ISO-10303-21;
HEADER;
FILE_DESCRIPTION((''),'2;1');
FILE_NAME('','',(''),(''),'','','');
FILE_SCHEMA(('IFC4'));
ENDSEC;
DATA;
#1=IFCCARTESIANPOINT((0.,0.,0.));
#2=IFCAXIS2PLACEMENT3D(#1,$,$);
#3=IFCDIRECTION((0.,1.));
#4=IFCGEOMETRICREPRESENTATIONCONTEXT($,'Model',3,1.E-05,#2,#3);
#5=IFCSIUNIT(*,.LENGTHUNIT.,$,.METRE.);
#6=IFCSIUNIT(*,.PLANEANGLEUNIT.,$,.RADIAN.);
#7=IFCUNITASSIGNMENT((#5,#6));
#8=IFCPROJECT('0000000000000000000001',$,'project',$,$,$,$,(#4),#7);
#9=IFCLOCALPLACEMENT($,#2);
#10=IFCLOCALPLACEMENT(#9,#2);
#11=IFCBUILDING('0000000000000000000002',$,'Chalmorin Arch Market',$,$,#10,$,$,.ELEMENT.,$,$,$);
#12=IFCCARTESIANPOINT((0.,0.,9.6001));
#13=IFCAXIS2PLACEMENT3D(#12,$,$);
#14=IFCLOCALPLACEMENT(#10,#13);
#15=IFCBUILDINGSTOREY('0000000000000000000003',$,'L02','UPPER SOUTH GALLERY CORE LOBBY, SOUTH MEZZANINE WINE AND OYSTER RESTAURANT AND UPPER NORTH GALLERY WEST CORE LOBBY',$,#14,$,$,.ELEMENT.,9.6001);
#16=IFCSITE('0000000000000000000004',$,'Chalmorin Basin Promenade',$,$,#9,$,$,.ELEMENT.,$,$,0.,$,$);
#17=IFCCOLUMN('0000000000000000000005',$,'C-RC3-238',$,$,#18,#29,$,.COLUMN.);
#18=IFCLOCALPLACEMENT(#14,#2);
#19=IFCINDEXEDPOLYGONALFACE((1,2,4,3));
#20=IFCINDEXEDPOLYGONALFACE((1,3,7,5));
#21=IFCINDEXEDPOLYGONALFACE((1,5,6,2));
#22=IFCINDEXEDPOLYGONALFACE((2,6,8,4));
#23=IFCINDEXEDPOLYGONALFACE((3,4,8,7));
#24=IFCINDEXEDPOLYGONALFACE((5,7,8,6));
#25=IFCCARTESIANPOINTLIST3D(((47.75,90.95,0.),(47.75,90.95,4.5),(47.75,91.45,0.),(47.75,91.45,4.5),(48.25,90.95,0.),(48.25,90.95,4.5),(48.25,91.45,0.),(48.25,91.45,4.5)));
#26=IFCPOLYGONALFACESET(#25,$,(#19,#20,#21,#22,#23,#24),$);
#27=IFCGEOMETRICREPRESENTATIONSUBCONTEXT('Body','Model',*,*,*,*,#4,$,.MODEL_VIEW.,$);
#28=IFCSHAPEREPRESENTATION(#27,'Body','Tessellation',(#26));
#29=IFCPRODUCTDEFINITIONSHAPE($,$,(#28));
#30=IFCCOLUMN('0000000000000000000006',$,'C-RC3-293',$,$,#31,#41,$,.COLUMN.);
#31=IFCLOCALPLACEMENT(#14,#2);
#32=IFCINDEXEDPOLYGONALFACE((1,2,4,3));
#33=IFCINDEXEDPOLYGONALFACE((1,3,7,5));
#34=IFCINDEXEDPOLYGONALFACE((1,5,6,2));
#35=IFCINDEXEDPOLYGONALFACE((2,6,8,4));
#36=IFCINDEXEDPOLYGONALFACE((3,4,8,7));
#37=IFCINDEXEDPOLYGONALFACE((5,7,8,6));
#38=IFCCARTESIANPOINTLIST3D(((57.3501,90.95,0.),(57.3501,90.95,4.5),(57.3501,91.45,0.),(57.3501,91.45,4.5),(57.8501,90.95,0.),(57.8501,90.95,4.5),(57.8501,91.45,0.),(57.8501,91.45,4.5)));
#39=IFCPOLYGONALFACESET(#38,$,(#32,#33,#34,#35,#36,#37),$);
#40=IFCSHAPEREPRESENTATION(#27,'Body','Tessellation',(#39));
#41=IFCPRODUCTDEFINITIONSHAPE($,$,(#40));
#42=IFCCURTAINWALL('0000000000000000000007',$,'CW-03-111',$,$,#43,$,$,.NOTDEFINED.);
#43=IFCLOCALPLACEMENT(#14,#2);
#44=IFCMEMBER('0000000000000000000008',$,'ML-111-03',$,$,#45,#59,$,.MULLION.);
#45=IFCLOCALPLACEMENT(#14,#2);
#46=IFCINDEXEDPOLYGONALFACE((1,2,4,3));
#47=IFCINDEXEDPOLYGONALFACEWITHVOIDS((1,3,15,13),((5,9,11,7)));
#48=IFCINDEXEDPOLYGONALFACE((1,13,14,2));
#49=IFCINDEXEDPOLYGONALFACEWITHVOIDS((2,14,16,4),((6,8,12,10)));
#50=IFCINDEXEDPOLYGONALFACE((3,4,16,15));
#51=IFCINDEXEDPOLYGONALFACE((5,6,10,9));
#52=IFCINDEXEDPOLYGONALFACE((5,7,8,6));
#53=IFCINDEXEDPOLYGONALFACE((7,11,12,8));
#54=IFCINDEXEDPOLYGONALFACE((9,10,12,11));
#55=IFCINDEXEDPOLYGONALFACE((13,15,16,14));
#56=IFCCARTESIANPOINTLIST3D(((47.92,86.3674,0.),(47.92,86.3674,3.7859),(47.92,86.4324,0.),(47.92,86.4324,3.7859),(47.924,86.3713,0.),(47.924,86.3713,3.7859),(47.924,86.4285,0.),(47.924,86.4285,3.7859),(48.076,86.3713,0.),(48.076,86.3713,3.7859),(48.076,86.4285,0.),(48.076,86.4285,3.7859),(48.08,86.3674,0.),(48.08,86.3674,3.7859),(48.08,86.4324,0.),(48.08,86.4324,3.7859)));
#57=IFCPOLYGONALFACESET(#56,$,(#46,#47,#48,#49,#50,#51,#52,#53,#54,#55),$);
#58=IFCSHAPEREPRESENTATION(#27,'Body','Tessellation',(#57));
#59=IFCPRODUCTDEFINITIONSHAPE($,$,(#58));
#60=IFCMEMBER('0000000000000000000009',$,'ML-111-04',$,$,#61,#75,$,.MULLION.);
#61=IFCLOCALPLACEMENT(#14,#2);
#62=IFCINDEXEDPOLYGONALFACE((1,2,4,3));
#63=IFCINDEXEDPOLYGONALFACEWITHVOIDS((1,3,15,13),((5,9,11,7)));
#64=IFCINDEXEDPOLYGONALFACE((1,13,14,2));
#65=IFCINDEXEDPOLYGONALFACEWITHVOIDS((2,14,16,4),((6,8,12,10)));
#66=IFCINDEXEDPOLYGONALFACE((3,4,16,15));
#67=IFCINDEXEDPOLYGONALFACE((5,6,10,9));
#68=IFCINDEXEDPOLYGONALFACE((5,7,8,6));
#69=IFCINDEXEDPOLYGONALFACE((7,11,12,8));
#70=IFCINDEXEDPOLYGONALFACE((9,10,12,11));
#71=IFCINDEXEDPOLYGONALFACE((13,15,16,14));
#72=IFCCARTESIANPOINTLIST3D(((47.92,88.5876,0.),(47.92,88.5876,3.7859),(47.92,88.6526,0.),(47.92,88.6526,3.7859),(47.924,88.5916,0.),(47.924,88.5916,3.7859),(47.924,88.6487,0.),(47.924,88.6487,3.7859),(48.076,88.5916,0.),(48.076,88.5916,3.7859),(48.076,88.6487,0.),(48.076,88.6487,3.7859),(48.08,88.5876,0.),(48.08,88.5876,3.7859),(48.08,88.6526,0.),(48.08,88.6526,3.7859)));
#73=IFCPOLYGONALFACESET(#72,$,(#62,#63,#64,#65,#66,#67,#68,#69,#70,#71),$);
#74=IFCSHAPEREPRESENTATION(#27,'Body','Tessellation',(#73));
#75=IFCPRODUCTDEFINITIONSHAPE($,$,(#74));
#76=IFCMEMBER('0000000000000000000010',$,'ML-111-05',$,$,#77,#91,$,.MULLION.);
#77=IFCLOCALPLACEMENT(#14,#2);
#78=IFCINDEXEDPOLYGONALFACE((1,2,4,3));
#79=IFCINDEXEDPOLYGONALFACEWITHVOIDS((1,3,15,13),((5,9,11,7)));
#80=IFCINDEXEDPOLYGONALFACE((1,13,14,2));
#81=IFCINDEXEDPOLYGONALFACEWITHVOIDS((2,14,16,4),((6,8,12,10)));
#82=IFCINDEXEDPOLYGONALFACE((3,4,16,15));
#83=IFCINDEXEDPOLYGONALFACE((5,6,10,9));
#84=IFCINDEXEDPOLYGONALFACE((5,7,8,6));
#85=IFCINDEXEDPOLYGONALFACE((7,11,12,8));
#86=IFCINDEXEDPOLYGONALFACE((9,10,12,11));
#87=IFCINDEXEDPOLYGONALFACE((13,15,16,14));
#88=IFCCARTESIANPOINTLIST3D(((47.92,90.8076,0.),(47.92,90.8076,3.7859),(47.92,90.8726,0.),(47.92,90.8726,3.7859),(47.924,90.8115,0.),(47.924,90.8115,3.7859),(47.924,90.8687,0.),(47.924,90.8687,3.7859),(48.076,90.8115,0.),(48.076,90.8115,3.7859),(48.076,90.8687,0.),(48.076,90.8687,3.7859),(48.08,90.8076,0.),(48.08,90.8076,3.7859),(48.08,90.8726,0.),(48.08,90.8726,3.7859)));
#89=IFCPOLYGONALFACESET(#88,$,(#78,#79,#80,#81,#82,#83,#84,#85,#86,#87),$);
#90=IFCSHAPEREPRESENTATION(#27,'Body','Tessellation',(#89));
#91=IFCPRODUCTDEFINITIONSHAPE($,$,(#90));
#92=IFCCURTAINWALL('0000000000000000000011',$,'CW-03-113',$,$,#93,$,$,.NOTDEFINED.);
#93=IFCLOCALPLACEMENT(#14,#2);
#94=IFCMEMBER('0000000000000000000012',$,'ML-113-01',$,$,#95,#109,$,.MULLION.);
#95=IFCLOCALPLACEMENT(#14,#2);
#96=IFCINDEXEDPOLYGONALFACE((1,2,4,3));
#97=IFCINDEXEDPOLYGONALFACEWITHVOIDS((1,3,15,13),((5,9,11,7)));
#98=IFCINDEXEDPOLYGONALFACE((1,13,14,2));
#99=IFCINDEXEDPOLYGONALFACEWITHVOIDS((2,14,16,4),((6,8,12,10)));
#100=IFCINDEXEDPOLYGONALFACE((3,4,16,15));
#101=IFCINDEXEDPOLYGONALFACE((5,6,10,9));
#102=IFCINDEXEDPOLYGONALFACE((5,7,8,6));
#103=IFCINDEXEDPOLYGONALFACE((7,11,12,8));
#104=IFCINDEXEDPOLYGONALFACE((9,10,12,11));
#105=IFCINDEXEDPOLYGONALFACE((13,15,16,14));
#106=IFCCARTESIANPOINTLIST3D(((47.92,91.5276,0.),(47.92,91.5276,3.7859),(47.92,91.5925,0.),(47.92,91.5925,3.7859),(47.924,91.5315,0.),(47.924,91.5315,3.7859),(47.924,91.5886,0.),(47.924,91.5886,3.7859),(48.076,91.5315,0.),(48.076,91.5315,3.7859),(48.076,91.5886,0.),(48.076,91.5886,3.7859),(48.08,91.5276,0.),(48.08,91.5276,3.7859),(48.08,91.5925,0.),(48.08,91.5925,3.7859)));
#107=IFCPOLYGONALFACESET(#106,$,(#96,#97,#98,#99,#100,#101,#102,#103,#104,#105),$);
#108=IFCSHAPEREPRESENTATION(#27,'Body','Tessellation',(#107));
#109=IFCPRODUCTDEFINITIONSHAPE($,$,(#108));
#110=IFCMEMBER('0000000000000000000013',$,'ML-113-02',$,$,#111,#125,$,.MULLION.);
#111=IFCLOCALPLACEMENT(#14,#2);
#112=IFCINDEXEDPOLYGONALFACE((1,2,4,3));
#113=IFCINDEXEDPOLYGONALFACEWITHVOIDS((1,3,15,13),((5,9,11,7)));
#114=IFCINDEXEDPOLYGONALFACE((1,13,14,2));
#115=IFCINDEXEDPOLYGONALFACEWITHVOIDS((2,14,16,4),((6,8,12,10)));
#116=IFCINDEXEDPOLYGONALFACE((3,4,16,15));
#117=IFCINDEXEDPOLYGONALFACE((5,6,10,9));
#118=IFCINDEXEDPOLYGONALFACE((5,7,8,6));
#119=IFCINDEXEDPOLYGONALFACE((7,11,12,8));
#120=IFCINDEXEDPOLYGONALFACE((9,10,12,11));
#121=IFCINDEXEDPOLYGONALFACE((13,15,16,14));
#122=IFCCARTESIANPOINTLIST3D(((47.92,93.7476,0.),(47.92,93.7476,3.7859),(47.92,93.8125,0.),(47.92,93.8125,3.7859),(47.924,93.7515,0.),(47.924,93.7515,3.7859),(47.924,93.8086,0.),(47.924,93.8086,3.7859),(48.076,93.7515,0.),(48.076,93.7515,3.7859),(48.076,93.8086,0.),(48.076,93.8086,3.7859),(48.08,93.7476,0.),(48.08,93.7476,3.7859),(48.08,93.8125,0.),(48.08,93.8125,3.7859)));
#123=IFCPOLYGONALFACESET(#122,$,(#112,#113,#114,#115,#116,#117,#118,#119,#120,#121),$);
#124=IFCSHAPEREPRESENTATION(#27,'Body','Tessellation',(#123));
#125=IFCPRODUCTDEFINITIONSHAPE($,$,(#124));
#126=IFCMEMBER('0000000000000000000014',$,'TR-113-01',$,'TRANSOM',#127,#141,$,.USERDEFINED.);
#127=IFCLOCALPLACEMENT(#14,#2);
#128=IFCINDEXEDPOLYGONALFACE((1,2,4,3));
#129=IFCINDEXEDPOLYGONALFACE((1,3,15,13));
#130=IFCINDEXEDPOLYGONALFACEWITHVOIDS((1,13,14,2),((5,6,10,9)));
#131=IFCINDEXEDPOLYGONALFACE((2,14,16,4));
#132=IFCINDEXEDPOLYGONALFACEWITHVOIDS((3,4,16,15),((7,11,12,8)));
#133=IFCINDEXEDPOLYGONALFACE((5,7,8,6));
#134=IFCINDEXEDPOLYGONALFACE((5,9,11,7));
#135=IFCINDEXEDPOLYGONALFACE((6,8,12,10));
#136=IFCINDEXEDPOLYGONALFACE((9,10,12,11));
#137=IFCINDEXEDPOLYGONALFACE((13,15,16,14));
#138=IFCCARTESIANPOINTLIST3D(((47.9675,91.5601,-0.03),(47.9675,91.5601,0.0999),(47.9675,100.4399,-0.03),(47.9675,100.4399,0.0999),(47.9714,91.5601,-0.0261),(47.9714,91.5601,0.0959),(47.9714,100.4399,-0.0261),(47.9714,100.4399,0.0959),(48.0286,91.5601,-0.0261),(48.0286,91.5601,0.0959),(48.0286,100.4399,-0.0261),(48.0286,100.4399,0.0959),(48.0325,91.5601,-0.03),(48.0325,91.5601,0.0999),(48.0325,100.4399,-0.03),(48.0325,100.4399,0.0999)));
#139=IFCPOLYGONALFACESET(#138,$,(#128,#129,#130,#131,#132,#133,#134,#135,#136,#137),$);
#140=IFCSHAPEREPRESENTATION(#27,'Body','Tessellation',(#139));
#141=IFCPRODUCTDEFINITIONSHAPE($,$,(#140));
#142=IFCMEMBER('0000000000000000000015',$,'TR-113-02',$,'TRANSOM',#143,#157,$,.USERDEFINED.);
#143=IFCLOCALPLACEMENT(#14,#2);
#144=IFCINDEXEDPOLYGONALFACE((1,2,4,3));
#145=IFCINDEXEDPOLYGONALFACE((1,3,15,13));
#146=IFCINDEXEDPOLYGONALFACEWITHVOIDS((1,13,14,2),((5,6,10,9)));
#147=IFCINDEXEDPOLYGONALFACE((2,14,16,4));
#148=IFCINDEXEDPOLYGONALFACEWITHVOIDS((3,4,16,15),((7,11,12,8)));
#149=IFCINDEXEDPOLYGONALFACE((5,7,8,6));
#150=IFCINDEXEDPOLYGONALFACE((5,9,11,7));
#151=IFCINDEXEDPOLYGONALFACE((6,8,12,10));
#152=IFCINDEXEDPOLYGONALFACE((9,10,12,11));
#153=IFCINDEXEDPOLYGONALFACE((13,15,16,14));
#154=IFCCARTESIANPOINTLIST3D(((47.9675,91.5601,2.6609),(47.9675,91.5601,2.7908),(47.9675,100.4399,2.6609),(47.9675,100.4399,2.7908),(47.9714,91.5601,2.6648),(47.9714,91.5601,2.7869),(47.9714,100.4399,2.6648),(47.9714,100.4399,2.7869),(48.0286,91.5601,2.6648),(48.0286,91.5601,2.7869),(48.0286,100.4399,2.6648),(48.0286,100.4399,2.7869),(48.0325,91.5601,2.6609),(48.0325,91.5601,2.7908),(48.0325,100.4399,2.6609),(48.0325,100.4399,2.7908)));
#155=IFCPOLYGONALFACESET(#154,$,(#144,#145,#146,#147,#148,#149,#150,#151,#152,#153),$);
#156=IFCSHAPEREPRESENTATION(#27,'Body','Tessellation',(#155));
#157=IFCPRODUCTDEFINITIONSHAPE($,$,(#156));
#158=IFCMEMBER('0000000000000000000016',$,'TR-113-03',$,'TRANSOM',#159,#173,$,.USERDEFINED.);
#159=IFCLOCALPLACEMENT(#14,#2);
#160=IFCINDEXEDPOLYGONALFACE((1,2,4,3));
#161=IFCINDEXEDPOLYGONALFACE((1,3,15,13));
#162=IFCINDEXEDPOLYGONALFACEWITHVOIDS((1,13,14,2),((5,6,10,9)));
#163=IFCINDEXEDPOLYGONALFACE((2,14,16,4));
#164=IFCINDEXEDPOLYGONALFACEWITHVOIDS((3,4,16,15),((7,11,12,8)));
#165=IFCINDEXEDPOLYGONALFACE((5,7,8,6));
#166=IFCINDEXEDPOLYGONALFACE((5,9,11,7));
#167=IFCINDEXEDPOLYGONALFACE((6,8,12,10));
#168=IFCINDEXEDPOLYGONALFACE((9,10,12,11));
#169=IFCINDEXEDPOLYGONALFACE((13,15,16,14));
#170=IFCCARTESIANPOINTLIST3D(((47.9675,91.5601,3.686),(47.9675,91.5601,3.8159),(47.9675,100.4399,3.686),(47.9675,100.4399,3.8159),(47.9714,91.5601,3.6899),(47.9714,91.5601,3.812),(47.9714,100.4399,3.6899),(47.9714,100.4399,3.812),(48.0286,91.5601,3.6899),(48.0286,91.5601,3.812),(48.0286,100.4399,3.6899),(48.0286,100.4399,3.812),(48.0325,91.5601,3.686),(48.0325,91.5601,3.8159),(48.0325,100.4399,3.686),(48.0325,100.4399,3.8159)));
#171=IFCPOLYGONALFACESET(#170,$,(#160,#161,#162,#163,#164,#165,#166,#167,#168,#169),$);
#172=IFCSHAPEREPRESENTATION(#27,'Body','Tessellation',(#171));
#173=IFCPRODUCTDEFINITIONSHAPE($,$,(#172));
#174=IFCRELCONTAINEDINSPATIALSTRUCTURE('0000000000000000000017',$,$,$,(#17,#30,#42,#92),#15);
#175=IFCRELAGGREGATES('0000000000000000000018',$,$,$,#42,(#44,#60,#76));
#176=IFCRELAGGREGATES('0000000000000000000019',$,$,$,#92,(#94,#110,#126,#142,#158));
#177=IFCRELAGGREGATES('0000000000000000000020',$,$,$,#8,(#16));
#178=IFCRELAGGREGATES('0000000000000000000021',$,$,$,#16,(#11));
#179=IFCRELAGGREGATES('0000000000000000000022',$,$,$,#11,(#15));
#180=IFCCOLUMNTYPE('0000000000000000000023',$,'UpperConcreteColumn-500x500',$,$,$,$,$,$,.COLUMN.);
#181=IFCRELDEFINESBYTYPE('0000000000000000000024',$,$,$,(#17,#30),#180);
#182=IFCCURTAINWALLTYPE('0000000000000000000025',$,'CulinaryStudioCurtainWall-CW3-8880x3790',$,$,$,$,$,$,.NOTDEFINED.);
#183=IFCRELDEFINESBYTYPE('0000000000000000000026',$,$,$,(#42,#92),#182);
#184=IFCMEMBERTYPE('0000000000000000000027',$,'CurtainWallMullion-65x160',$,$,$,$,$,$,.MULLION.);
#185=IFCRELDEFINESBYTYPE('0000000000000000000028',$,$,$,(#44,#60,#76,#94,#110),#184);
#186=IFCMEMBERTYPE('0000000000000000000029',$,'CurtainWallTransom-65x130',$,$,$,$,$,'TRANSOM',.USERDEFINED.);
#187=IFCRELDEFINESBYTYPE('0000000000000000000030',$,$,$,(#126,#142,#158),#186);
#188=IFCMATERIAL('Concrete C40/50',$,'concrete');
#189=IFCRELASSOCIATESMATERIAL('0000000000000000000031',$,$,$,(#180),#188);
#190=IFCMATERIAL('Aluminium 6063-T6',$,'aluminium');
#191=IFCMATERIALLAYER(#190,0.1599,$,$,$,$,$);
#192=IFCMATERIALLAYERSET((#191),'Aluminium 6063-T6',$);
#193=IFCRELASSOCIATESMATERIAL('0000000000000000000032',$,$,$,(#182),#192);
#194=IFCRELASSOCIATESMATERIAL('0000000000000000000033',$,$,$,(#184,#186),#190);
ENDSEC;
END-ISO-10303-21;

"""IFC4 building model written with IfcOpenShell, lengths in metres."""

from ifc_helpers import new_model, si_unit, direction, frame, origin, origin_2d, place, context, subcontext, project, spatial, rectangle, hollow_rectangle, extrude, material, layer, layer_set, material_profile, profile_set, type_object, element, aggregate, save


model = new_model("IFC4")

# Units and contexts
model_context = context("Model", 3, precision=1e-05, world=origin(), true_north=direction((0.0, 1.0)))
body_context = subcontext(model_context, "Body", "Model", "MODEL_VIEW")
ifc_project = project(units=[si_unit("LENGTHUNIT", "METRE"), si_unit("PLANEANGLEUNIT", "RADIAN")], contexts=[model_context])

# Site, building, storey
site_placement = place(None, origin())
site = spatial("IfcSite", under=ifc_project, at=site_placement, Name="Chalmorin Basin Promenade", CompositionType="ELEMENT", RefElevation=0.0)
building_placement = place(site_placement, origin())
building = spatial("IfcBuilding", under=site, at=building_placement, Name="Chalmorin Arch Market", CompositionType="ELEMENT")
storey_placement = place(building_placement, frame((0.0, 0.0, 9.6001)))
storey = spatial("IfcBuildingStorey", under=building, at=storey_placement, Name="L02", Description="UPPER SOUTH GALLERY CORE LOBBY, SOUTH MEZZANINE WINE AND OYSTER RESTAURANT AND UPPER NORTH GALLERY WEST CORE LOBBY", CompositionType="ELEMENT", Elevation=9.6001)

# Columns
ifc_material_1 = material(Name="Concrete C40/50", Category="concrete")
ifc_material_profile_1 = material_profile(ifc_material_1, rectangle(XDim=0.5, YDim=0.5, at=origin_2d()), Name="RC500X500")
ifc_profile_set_1 = profile_set([ifc_material_profile_1], Name="Concrete C40/50")
column_type = type_object("IfcColumnType", Name="UpperConcreteColumn-500x500", PredefinedType="COLUMN", material=ifc_profile_set_1)
for number, where, z_axis, x_axis, name in (
    (1, (48.0, 91.2, 0.0), (0.0, 0.0, 1.0), (1.0, 0.0, 0.0), "C-RC3-238"),
    (2, (57.6001, 91.2, 0.0), (0.0, 0.0, 1.0), (1.0, 0.0, 0.0), "C-RC3-293"),
):
    element("IfcColumn", number, at=place(storey_placement, frame(where, z_axis=z_axis, x_axis=x_axis)), inside=storey, type_object=column_type, Name=name, PredefinedType="COLUMN", context=body_context, shape_type="SweptSolid", body=[
        extrude(rectangle(XDim=0.5, YDim=0.5, at=origin_2d()), origin(), (0.0, 0.0, 1.0), 4.5),
    ])

# Curtain walls, members
ifc_material_2 = material(Name="Aluminium 6063-T6", Category="aluminium")
ifc_layer_1 = layer(ifc_material_2, 0.1599)
ifc_layer_set_1 = layer_set([ifc_layer_1], Name="Aluminium 6063-T6")
curtain_wall_type = type_object("IfcCurtainWallType", Name="CulinaryStudioCurtainWall-CW3-8880x3790", PredefinedType="NOTDEFINED", material=ifc_layer_set_1)
curtain_wall_1_placement = place(storey_placement, origin())
curtain_wall_1 = element("IfcCurtainWall", 3, at=curtain_wall_1_placement, inside=storey, type_object=curtain_wall_type, Name="CW-03-111", PredefinedType="NOTDEFINED")
ifc_material_profile_2 = material_profile(ifc_material_2, hollow_rectangle(XDim=0.0649, YDim=0.1599, WallThickness=0.0039, at=origin_2d()), Name="ALU65X160X4")
ifc_profile_set_2 = profile_set([ifc_material_profile_2], Name="Aluminium 6063-T6")
member_type_1 = type_object("IfcMemberType", Name="CurtainWallMullion-65x160", PredefinedType="MULLION", material=ifc_profile_set_2)
member_1_placement = place(storey_placement, frame((48.0, 86.3999, 0.0), z_axis=(0.0, 0.0, 1.0), x_axis=(0.0, 1.0, 0.0)))
member_1 = element("IfcMember", 4, at=member_1_placement, type_object=member_type_1, Name="ML-111-03", PredefinedType="MULLION", context=body_context, shape_type="SweptSolid", body=[
    extrude(hollow_rectangle(XDim=0.0649, YDim=0.1599, WallThickness=0.0039, at=origin_2d()), origin(), (0.0, 0.0, 1.0), 3.7859),
])
member_2_placement = place(storey_placement, frame((48.0, 88.6201, 0.0), z_axis=(0.0, 0.0, 1.0), x_axis=(0.0, 1.0, 0.0)))
member_2 = element("IfcMember", 5, at=member_2_placement, type_object=member_type_1, Name="ML-111-04", PredefinedType="MULLION", context=body_context, shape_type="SweptSolid", body=[
    extrude(hollow_rectangle(XDim=0.0649, YDim=0.1599, WallThickness=0.0039, at=origin_2d()), origin(), (0.0, 0.0, 1.0), 3.7859),
])
member_3_placement = place(storey_placement, frame((48.0, 90.8401, 0.0), z_axis=(0.0, 0.0, 1.0), x_axis=(0.0, 1.0, 0.0)))
member_3 = element("IfcMember", 6, at=member_3_placement, type_object=member_type_1, Name="ML-111-05", PredefinedType="MULLION", context=body_context, shape_type="SweptSolid", body=[
    extrude(hollow_rectangle(XDim=0.0649, YDim=0.1599, WallThickness=0.0039, at=origin_2d()), origin(), (0.0, 0.0, 1.0), 3.7859),
])
curtain_wall_2_placement = place(storey_placement, origin())
curtain_wall_2 = element("IfcCurtainWall", 7, at=curtain_wall_2_placement, inside=storey, type_object=curtain_wall_type, Name="CW-03-113", PredefinedType="NOTDEFINED")
member_4_placement = place(storey_placement, frame((48.0, 91.5601, 0.0), z_axis=(0.0, 0.0, 1.0), x_axis=(0.0, 1.0, 0.0)))
member_4 = element("IfcMember", 8, at=member_4_placement, type_object=member_type_1, Name="ML-113-01", PredefinedType="MULLION", context=body_context, shape_type="SweptSolid", body=[
    extrude(hollow_rectangle(XDim=0.0649, YDim=0.1599, WallThickness=0.0039, at=origin_2d()), origin(), (0.0, 0.0, 1.0), 3.7859),
])
member_5_placement = place(storey_placement, frame((48.0, 93.78, 0.0), z_axis=(0.0, 0.0, 1.0), x_axis=(0.0, 1.0, 0.0)))
member_5 = element("IfcMember", 9, at=member_5_placement, type_object=member_type_1, Name="ML-113-02", PredefinedType="MULLION", context=body_context, shape_type="SweptSolid", body=[
    extrude(hollow_rectangle(XDim=0.0649, YDim=0.1599, WallThickness=0.0039, at=origin_2d()), origin(), (0.0, 0.0, 1.0), 3.7859),
])
ifc_material_profile_3 = material_profile(ifc_material_2, hollow_rectangle(XDim=0.0649, YDim=0.1299, WallThickness=0.0039, at=origin_2d()), Name="ALU65X130X4")
ifc_profile_set_3 = profile_set([ifc_material_profile_3], Name="Aluminium 6063-T6")
member_type_2 = type_object("IfcMemberType", Name="CurtainWallTransom-65x130", ElementType="TRANSOM", PredefinedType="USERDEFINED", material=ifc_profile_set_3)
member_6_placement = place(storey_placement, frame((48.0, 91.5601, 0.0349), z_axis=(0.0, 1.0, 0.0), x_axis=(-1.0, 0.0, 0.0)))
member_6 = element("IfcMember", 10, at=member_6_placement, type_object=member_type_2, Name="TR-113-01", ObjectType="TRANSOM", PredefinedType="USERDEFINED", context=body_context, shape_type="SweptSolid", body=[
    extrude(hollow_rectangle(XDim=0.0649, YDim=0.1299, WallThickness=0.0039, at=origin_2d()), origin(), (0.0, 0.0, 1.0), 8.8799),
])
member_7_placement = place(storey_placement, frame((48.0, 91.5601, 2.7258), z_axis=(0.0, 1.0, 0.0), x_axis=(-1.0, 0.0, 0.0)))
member_7 = element("IfcMember", 11, at=member_7_placement, type_object=member_type_2, Name="TR-113-02", ObjectType="TRANSOM", PredefinedType="USERDEFINED", context=body_context, shape_type="SweptSolid", body=[
    extrude(hollow_rectangle(XDim=0.0649, YDim=0.1299, WallThickness=0.0039, at=origin_2d()), origin(), (0.0, 0.0, 1.0), 8.8799),
])
member_8_placement = place(storey_placement, frame((48.0, 91.5601, 3.751), z_axis=(0.0, 1.0, 0.0), x_axis=(-1.0, 0.0, 0.0)))
member_8 = element("IfcMember", 12, at=member_8_placement, type_object=member_type_2, Name="TR-113-03", ObjectType="TRANSOM", PredefinedType="USERDEFINED", context=body_context, shape_type="SweptSolid", body=[
    extrude(hollow_rectangle(XDim=0.0649, YDim=0.1299, WallThickness=0.0039, at=origin_2d()), origin(), (0.0, 0.0, 1.0), 8.8799),
])

aggregate(curtain_wall_1, [member_1, member_2, member_3])
aggregate(curtain_wall_2, [member_4, member_5, member_6, member_7, member_8])

save(model, "model.ifc")
